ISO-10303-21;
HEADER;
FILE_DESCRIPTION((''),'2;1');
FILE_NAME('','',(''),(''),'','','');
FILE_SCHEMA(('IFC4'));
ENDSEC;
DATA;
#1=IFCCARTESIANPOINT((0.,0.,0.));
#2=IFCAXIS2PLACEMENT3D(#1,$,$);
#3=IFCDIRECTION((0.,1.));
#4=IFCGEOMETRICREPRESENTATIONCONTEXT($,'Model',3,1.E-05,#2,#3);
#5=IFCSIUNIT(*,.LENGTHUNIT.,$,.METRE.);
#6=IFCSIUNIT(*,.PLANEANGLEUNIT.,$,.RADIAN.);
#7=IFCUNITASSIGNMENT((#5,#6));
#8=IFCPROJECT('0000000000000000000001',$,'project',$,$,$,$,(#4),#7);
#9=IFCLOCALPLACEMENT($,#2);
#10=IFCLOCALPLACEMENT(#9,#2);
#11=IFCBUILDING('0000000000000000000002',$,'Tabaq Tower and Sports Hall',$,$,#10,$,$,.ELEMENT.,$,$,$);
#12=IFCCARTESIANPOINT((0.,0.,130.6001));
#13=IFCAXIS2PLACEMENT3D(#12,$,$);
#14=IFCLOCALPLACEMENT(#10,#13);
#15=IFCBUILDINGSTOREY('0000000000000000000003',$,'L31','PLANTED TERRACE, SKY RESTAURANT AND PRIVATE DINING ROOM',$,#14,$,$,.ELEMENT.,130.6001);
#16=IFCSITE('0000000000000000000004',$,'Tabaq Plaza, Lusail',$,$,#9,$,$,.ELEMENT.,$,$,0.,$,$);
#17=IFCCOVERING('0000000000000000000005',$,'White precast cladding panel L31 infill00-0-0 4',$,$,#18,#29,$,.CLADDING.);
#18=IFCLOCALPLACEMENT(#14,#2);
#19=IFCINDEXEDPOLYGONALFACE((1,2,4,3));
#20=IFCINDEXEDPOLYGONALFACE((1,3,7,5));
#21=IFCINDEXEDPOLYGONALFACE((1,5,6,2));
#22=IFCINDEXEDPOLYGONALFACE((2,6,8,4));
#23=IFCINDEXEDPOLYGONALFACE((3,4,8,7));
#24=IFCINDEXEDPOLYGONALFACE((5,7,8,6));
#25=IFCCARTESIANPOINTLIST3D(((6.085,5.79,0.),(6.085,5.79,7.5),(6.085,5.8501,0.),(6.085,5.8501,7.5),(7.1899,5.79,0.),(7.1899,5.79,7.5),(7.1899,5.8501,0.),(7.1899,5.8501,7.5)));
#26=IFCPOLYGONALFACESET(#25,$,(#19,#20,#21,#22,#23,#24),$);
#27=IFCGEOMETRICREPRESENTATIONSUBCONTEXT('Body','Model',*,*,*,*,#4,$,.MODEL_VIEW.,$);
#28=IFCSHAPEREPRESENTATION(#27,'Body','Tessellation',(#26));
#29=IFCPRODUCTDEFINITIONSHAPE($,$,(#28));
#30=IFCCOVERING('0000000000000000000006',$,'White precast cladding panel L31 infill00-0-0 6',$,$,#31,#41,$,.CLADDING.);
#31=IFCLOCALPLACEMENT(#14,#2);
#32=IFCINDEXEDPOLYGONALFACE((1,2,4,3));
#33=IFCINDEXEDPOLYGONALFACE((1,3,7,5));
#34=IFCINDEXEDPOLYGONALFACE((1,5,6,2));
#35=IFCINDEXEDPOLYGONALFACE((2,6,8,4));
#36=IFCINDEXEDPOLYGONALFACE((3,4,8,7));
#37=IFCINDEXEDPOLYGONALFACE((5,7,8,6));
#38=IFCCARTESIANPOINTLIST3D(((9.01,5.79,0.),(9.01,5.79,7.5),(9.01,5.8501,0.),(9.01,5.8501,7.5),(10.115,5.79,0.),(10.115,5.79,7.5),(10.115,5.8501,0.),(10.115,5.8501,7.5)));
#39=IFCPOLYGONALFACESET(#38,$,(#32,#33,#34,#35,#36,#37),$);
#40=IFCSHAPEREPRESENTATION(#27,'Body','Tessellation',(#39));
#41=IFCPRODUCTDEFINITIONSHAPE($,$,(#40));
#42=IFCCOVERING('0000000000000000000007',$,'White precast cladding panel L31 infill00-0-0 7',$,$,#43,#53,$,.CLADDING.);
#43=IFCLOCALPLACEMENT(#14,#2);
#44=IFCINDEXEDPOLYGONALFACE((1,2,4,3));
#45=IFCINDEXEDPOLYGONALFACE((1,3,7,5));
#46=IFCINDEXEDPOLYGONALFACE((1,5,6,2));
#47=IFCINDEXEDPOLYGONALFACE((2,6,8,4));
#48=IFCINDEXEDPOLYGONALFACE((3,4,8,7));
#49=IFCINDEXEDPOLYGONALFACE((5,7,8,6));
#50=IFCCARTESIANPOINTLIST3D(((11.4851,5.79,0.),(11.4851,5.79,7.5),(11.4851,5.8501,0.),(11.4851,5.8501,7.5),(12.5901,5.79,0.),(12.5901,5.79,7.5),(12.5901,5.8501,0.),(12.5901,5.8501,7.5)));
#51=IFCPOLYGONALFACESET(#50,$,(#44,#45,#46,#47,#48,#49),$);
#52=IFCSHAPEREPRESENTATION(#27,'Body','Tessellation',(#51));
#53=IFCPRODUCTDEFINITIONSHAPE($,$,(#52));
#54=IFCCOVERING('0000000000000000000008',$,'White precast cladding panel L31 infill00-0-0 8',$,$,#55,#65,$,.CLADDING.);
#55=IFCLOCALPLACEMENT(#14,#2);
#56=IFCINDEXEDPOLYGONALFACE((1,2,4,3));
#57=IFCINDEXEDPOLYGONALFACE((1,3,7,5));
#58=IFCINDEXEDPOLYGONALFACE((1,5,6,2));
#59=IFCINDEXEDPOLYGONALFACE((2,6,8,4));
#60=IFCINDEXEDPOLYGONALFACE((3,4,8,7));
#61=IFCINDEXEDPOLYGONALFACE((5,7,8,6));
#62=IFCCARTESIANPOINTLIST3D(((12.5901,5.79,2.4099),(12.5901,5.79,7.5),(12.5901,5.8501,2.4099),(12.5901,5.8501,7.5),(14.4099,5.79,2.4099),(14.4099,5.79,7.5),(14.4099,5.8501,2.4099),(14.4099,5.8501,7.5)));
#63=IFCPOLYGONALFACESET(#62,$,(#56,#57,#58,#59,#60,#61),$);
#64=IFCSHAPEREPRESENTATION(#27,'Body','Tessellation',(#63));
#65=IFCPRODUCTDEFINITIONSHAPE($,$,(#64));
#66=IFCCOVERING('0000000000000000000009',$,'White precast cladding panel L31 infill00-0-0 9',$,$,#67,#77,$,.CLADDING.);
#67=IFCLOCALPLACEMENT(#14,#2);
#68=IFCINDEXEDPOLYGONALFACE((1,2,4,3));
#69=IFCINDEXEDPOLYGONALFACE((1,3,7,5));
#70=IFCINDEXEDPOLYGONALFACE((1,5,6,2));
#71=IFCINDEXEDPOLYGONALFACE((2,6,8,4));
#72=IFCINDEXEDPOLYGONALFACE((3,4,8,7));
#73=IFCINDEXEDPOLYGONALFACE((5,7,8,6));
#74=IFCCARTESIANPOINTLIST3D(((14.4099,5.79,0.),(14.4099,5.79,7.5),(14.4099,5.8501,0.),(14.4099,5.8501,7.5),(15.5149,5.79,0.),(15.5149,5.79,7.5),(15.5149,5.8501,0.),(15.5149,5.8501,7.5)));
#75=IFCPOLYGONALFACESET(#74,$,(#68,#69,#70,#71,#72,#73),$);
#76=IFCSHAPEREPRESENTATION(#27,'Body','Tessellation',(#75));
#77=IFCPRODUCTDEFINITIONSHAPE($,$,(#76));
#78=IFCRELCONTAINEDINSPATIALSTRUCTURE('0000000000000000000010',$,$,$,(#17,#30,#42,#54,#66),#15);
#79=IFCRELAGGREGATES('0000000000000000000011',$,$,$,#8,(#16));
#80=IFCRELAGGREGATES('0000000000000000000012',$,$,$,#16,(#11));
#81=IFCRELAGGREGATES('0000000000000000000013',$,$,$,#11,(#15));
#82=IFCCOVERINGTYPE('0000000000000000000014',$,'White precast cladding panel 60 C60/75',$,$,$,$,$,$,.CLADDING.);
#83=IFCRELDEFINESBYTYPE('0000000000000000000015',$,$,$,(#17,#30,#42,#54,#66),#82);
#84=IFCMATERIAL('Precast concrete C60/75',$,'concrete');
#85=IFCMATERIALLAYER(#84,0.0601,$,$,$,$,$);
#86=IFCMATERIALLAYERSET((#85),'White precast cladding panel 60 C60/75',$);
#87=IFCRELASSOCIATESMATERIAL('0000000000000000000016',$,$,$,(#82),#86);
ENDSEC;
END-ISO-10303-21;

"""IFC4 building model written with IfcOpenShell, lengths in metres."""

from ifc_helpers import new_model, si_unit, direction, frame, frame_2d, origin, place, context, subcontext, project, spatial, rectangle, extrude, material, layer, layer_set, type_object, element, save


model = new_model("IFC4")

# Units and contexts
model_context = context("Model", 3, precision=1e-05, world=origin(), true_north=direction((0.0, 1.0)))
body_context = subcontext(model_context, "Body", "Model", "MODEL_VIEW")
ifc_project = project(units=[si_unit("LENGTHUNIT", "METRE"), si_unit("PLANEANGLEUNIT", "RADIAN")], contexts=[model_context])

# Site, building, storey
site_placement = place(None, origin())
site = spatial("IfcSite", under=ifc_project, at=site_placement, Name="Tabaq Plaza, Lusail", CompositionType="ELEMENT", RefElevation=0.0)
building_placement = place(site_placement, origin())
building = spatial("IfcBuilding", under=site, at=building_placement, Name="Tabaq Tower and Sports Hall", CompositionType="ELEMENT")
storey_placement = place(building_placement, frame((0.0, 0.0, 130.6001)))
storey = spatial("IfcBuildingStorey", under=building, at=storey_placement, Name="L31", Description="PLANTED TERRACE, SKY RESTAURANT AND PRIVATE DINING ROOM", CompositionType="ELEMENT", Elevation=130.6001)

# Coverings
ifc_material_1 = material(Name="Precast concrete C60/75", Category="concrete")
ifc_layer_1 = layer(ifc_material_1, 0.0601)
ifc_layer_set_1 = layer_set([ifc_layer_1], Name="White precast cladding panel 60 C60/75")
covering_type_1 = type_object("IfcCoveringType", Name="White precast cladding panel 60 C60/75", PredefinedType="CLADDING", material=ifc_layer_set_1)
for number, where, z_axis, x_axis, name in (
    (1, (6.085, 5.8201, 0.0), (0.0, 0.0, 1.0), (1.0, 0.0, 0.0), "White precast cladding panel L31 infill00-0-0 4"),
):
    element("IfcCovering", number, at=place(storey_placement, frame(where, z_axis=z_axis, x_axis=x_axis)), inside=storey, type_object=covering_type_1, Name=name, PredefinedType="CLADDING", context=body_context, shape_type="SweptSolid", body=[
        extrude(rectangle(XDim=1.105, YDim=0.0601, at=frame_2d((0.5525, 0.0))), origin(), (0.0, 0.0, 1.0), 7.5),
    ])
for number, where, z_axis, x_axis, name in (
    (2, (9.01, 5.8201, 0.0), (0.0, 0.0, 1.0), (1.0, 0.0, 0.0), "White precast cladding panel L31 infill00-0-0 6"),
    (3, (11.4851, 5.8201, 0.0), (0.0, 0.0, 1.0), (1.0, 0.0, 0.0), "White precast cladding panel L31 infill00-0-0 7"),
):
    element("IfcCovering", number, at=place(storey_placement, frame(where, z_axis=z_axis, x_axis=x_axis)), inside=storey, type_object=covering_type_1, Name=name, PredefinedType="CLADDING", context=body_context, shape_type="SweptSolid", body=[
        extrude(rectangle(XDim=1.105, YDim=0.0601, at=frame_2d((0.5525, 0.0))), origin(), (0.0, 0.0, 1.0), 7.5),
    ])
covering_1_placement = place(storey_placement, frame((12.5901, 5.8201, 2.4099), z_axis=(0.0, 0.0, 1.0), x_axis=(1.0, 0.0, 0.0)))
element("IfcCovering", 4, at=covering_1_placement, inside=storey, type_object=covering_type_1, Name="White precast cladding panel L31 infill00-0-0 8", PredefinedType="CLADDING", context=body_context, shape_type="SweptSolid", body=[
    extrude(rectangle(XDim=1.8198, YDim=0.0601, at=frame_2d((0.9099, 0.0))), origin(), (0.0, 0.0, 1.0), 5.0901),
])
covering_2_placement = place(storey_placement, frame((14.4099, 5.8201, 0.0), z_axis=(0.0, 0.0, 1.0), x_axis=(1.0, 0.0, 0.0)))
element("IfcCovering", 5, at=covering_2_placement, inside=storey, type_object=covering_type_1, Name="White precast cladding panel L31 infill00-0-0 9", PredefinedType="CLADDING", context=body_context, shape_type="SweptSolid", body=[
    extrude(rectangle(XDim=1.105, YDim=0.0601, at=frame_2d((0.5525, 0.0))), origin(), (0.0, 0.0, 1.0), 7.5),
])

save(model, "model.ifc")
